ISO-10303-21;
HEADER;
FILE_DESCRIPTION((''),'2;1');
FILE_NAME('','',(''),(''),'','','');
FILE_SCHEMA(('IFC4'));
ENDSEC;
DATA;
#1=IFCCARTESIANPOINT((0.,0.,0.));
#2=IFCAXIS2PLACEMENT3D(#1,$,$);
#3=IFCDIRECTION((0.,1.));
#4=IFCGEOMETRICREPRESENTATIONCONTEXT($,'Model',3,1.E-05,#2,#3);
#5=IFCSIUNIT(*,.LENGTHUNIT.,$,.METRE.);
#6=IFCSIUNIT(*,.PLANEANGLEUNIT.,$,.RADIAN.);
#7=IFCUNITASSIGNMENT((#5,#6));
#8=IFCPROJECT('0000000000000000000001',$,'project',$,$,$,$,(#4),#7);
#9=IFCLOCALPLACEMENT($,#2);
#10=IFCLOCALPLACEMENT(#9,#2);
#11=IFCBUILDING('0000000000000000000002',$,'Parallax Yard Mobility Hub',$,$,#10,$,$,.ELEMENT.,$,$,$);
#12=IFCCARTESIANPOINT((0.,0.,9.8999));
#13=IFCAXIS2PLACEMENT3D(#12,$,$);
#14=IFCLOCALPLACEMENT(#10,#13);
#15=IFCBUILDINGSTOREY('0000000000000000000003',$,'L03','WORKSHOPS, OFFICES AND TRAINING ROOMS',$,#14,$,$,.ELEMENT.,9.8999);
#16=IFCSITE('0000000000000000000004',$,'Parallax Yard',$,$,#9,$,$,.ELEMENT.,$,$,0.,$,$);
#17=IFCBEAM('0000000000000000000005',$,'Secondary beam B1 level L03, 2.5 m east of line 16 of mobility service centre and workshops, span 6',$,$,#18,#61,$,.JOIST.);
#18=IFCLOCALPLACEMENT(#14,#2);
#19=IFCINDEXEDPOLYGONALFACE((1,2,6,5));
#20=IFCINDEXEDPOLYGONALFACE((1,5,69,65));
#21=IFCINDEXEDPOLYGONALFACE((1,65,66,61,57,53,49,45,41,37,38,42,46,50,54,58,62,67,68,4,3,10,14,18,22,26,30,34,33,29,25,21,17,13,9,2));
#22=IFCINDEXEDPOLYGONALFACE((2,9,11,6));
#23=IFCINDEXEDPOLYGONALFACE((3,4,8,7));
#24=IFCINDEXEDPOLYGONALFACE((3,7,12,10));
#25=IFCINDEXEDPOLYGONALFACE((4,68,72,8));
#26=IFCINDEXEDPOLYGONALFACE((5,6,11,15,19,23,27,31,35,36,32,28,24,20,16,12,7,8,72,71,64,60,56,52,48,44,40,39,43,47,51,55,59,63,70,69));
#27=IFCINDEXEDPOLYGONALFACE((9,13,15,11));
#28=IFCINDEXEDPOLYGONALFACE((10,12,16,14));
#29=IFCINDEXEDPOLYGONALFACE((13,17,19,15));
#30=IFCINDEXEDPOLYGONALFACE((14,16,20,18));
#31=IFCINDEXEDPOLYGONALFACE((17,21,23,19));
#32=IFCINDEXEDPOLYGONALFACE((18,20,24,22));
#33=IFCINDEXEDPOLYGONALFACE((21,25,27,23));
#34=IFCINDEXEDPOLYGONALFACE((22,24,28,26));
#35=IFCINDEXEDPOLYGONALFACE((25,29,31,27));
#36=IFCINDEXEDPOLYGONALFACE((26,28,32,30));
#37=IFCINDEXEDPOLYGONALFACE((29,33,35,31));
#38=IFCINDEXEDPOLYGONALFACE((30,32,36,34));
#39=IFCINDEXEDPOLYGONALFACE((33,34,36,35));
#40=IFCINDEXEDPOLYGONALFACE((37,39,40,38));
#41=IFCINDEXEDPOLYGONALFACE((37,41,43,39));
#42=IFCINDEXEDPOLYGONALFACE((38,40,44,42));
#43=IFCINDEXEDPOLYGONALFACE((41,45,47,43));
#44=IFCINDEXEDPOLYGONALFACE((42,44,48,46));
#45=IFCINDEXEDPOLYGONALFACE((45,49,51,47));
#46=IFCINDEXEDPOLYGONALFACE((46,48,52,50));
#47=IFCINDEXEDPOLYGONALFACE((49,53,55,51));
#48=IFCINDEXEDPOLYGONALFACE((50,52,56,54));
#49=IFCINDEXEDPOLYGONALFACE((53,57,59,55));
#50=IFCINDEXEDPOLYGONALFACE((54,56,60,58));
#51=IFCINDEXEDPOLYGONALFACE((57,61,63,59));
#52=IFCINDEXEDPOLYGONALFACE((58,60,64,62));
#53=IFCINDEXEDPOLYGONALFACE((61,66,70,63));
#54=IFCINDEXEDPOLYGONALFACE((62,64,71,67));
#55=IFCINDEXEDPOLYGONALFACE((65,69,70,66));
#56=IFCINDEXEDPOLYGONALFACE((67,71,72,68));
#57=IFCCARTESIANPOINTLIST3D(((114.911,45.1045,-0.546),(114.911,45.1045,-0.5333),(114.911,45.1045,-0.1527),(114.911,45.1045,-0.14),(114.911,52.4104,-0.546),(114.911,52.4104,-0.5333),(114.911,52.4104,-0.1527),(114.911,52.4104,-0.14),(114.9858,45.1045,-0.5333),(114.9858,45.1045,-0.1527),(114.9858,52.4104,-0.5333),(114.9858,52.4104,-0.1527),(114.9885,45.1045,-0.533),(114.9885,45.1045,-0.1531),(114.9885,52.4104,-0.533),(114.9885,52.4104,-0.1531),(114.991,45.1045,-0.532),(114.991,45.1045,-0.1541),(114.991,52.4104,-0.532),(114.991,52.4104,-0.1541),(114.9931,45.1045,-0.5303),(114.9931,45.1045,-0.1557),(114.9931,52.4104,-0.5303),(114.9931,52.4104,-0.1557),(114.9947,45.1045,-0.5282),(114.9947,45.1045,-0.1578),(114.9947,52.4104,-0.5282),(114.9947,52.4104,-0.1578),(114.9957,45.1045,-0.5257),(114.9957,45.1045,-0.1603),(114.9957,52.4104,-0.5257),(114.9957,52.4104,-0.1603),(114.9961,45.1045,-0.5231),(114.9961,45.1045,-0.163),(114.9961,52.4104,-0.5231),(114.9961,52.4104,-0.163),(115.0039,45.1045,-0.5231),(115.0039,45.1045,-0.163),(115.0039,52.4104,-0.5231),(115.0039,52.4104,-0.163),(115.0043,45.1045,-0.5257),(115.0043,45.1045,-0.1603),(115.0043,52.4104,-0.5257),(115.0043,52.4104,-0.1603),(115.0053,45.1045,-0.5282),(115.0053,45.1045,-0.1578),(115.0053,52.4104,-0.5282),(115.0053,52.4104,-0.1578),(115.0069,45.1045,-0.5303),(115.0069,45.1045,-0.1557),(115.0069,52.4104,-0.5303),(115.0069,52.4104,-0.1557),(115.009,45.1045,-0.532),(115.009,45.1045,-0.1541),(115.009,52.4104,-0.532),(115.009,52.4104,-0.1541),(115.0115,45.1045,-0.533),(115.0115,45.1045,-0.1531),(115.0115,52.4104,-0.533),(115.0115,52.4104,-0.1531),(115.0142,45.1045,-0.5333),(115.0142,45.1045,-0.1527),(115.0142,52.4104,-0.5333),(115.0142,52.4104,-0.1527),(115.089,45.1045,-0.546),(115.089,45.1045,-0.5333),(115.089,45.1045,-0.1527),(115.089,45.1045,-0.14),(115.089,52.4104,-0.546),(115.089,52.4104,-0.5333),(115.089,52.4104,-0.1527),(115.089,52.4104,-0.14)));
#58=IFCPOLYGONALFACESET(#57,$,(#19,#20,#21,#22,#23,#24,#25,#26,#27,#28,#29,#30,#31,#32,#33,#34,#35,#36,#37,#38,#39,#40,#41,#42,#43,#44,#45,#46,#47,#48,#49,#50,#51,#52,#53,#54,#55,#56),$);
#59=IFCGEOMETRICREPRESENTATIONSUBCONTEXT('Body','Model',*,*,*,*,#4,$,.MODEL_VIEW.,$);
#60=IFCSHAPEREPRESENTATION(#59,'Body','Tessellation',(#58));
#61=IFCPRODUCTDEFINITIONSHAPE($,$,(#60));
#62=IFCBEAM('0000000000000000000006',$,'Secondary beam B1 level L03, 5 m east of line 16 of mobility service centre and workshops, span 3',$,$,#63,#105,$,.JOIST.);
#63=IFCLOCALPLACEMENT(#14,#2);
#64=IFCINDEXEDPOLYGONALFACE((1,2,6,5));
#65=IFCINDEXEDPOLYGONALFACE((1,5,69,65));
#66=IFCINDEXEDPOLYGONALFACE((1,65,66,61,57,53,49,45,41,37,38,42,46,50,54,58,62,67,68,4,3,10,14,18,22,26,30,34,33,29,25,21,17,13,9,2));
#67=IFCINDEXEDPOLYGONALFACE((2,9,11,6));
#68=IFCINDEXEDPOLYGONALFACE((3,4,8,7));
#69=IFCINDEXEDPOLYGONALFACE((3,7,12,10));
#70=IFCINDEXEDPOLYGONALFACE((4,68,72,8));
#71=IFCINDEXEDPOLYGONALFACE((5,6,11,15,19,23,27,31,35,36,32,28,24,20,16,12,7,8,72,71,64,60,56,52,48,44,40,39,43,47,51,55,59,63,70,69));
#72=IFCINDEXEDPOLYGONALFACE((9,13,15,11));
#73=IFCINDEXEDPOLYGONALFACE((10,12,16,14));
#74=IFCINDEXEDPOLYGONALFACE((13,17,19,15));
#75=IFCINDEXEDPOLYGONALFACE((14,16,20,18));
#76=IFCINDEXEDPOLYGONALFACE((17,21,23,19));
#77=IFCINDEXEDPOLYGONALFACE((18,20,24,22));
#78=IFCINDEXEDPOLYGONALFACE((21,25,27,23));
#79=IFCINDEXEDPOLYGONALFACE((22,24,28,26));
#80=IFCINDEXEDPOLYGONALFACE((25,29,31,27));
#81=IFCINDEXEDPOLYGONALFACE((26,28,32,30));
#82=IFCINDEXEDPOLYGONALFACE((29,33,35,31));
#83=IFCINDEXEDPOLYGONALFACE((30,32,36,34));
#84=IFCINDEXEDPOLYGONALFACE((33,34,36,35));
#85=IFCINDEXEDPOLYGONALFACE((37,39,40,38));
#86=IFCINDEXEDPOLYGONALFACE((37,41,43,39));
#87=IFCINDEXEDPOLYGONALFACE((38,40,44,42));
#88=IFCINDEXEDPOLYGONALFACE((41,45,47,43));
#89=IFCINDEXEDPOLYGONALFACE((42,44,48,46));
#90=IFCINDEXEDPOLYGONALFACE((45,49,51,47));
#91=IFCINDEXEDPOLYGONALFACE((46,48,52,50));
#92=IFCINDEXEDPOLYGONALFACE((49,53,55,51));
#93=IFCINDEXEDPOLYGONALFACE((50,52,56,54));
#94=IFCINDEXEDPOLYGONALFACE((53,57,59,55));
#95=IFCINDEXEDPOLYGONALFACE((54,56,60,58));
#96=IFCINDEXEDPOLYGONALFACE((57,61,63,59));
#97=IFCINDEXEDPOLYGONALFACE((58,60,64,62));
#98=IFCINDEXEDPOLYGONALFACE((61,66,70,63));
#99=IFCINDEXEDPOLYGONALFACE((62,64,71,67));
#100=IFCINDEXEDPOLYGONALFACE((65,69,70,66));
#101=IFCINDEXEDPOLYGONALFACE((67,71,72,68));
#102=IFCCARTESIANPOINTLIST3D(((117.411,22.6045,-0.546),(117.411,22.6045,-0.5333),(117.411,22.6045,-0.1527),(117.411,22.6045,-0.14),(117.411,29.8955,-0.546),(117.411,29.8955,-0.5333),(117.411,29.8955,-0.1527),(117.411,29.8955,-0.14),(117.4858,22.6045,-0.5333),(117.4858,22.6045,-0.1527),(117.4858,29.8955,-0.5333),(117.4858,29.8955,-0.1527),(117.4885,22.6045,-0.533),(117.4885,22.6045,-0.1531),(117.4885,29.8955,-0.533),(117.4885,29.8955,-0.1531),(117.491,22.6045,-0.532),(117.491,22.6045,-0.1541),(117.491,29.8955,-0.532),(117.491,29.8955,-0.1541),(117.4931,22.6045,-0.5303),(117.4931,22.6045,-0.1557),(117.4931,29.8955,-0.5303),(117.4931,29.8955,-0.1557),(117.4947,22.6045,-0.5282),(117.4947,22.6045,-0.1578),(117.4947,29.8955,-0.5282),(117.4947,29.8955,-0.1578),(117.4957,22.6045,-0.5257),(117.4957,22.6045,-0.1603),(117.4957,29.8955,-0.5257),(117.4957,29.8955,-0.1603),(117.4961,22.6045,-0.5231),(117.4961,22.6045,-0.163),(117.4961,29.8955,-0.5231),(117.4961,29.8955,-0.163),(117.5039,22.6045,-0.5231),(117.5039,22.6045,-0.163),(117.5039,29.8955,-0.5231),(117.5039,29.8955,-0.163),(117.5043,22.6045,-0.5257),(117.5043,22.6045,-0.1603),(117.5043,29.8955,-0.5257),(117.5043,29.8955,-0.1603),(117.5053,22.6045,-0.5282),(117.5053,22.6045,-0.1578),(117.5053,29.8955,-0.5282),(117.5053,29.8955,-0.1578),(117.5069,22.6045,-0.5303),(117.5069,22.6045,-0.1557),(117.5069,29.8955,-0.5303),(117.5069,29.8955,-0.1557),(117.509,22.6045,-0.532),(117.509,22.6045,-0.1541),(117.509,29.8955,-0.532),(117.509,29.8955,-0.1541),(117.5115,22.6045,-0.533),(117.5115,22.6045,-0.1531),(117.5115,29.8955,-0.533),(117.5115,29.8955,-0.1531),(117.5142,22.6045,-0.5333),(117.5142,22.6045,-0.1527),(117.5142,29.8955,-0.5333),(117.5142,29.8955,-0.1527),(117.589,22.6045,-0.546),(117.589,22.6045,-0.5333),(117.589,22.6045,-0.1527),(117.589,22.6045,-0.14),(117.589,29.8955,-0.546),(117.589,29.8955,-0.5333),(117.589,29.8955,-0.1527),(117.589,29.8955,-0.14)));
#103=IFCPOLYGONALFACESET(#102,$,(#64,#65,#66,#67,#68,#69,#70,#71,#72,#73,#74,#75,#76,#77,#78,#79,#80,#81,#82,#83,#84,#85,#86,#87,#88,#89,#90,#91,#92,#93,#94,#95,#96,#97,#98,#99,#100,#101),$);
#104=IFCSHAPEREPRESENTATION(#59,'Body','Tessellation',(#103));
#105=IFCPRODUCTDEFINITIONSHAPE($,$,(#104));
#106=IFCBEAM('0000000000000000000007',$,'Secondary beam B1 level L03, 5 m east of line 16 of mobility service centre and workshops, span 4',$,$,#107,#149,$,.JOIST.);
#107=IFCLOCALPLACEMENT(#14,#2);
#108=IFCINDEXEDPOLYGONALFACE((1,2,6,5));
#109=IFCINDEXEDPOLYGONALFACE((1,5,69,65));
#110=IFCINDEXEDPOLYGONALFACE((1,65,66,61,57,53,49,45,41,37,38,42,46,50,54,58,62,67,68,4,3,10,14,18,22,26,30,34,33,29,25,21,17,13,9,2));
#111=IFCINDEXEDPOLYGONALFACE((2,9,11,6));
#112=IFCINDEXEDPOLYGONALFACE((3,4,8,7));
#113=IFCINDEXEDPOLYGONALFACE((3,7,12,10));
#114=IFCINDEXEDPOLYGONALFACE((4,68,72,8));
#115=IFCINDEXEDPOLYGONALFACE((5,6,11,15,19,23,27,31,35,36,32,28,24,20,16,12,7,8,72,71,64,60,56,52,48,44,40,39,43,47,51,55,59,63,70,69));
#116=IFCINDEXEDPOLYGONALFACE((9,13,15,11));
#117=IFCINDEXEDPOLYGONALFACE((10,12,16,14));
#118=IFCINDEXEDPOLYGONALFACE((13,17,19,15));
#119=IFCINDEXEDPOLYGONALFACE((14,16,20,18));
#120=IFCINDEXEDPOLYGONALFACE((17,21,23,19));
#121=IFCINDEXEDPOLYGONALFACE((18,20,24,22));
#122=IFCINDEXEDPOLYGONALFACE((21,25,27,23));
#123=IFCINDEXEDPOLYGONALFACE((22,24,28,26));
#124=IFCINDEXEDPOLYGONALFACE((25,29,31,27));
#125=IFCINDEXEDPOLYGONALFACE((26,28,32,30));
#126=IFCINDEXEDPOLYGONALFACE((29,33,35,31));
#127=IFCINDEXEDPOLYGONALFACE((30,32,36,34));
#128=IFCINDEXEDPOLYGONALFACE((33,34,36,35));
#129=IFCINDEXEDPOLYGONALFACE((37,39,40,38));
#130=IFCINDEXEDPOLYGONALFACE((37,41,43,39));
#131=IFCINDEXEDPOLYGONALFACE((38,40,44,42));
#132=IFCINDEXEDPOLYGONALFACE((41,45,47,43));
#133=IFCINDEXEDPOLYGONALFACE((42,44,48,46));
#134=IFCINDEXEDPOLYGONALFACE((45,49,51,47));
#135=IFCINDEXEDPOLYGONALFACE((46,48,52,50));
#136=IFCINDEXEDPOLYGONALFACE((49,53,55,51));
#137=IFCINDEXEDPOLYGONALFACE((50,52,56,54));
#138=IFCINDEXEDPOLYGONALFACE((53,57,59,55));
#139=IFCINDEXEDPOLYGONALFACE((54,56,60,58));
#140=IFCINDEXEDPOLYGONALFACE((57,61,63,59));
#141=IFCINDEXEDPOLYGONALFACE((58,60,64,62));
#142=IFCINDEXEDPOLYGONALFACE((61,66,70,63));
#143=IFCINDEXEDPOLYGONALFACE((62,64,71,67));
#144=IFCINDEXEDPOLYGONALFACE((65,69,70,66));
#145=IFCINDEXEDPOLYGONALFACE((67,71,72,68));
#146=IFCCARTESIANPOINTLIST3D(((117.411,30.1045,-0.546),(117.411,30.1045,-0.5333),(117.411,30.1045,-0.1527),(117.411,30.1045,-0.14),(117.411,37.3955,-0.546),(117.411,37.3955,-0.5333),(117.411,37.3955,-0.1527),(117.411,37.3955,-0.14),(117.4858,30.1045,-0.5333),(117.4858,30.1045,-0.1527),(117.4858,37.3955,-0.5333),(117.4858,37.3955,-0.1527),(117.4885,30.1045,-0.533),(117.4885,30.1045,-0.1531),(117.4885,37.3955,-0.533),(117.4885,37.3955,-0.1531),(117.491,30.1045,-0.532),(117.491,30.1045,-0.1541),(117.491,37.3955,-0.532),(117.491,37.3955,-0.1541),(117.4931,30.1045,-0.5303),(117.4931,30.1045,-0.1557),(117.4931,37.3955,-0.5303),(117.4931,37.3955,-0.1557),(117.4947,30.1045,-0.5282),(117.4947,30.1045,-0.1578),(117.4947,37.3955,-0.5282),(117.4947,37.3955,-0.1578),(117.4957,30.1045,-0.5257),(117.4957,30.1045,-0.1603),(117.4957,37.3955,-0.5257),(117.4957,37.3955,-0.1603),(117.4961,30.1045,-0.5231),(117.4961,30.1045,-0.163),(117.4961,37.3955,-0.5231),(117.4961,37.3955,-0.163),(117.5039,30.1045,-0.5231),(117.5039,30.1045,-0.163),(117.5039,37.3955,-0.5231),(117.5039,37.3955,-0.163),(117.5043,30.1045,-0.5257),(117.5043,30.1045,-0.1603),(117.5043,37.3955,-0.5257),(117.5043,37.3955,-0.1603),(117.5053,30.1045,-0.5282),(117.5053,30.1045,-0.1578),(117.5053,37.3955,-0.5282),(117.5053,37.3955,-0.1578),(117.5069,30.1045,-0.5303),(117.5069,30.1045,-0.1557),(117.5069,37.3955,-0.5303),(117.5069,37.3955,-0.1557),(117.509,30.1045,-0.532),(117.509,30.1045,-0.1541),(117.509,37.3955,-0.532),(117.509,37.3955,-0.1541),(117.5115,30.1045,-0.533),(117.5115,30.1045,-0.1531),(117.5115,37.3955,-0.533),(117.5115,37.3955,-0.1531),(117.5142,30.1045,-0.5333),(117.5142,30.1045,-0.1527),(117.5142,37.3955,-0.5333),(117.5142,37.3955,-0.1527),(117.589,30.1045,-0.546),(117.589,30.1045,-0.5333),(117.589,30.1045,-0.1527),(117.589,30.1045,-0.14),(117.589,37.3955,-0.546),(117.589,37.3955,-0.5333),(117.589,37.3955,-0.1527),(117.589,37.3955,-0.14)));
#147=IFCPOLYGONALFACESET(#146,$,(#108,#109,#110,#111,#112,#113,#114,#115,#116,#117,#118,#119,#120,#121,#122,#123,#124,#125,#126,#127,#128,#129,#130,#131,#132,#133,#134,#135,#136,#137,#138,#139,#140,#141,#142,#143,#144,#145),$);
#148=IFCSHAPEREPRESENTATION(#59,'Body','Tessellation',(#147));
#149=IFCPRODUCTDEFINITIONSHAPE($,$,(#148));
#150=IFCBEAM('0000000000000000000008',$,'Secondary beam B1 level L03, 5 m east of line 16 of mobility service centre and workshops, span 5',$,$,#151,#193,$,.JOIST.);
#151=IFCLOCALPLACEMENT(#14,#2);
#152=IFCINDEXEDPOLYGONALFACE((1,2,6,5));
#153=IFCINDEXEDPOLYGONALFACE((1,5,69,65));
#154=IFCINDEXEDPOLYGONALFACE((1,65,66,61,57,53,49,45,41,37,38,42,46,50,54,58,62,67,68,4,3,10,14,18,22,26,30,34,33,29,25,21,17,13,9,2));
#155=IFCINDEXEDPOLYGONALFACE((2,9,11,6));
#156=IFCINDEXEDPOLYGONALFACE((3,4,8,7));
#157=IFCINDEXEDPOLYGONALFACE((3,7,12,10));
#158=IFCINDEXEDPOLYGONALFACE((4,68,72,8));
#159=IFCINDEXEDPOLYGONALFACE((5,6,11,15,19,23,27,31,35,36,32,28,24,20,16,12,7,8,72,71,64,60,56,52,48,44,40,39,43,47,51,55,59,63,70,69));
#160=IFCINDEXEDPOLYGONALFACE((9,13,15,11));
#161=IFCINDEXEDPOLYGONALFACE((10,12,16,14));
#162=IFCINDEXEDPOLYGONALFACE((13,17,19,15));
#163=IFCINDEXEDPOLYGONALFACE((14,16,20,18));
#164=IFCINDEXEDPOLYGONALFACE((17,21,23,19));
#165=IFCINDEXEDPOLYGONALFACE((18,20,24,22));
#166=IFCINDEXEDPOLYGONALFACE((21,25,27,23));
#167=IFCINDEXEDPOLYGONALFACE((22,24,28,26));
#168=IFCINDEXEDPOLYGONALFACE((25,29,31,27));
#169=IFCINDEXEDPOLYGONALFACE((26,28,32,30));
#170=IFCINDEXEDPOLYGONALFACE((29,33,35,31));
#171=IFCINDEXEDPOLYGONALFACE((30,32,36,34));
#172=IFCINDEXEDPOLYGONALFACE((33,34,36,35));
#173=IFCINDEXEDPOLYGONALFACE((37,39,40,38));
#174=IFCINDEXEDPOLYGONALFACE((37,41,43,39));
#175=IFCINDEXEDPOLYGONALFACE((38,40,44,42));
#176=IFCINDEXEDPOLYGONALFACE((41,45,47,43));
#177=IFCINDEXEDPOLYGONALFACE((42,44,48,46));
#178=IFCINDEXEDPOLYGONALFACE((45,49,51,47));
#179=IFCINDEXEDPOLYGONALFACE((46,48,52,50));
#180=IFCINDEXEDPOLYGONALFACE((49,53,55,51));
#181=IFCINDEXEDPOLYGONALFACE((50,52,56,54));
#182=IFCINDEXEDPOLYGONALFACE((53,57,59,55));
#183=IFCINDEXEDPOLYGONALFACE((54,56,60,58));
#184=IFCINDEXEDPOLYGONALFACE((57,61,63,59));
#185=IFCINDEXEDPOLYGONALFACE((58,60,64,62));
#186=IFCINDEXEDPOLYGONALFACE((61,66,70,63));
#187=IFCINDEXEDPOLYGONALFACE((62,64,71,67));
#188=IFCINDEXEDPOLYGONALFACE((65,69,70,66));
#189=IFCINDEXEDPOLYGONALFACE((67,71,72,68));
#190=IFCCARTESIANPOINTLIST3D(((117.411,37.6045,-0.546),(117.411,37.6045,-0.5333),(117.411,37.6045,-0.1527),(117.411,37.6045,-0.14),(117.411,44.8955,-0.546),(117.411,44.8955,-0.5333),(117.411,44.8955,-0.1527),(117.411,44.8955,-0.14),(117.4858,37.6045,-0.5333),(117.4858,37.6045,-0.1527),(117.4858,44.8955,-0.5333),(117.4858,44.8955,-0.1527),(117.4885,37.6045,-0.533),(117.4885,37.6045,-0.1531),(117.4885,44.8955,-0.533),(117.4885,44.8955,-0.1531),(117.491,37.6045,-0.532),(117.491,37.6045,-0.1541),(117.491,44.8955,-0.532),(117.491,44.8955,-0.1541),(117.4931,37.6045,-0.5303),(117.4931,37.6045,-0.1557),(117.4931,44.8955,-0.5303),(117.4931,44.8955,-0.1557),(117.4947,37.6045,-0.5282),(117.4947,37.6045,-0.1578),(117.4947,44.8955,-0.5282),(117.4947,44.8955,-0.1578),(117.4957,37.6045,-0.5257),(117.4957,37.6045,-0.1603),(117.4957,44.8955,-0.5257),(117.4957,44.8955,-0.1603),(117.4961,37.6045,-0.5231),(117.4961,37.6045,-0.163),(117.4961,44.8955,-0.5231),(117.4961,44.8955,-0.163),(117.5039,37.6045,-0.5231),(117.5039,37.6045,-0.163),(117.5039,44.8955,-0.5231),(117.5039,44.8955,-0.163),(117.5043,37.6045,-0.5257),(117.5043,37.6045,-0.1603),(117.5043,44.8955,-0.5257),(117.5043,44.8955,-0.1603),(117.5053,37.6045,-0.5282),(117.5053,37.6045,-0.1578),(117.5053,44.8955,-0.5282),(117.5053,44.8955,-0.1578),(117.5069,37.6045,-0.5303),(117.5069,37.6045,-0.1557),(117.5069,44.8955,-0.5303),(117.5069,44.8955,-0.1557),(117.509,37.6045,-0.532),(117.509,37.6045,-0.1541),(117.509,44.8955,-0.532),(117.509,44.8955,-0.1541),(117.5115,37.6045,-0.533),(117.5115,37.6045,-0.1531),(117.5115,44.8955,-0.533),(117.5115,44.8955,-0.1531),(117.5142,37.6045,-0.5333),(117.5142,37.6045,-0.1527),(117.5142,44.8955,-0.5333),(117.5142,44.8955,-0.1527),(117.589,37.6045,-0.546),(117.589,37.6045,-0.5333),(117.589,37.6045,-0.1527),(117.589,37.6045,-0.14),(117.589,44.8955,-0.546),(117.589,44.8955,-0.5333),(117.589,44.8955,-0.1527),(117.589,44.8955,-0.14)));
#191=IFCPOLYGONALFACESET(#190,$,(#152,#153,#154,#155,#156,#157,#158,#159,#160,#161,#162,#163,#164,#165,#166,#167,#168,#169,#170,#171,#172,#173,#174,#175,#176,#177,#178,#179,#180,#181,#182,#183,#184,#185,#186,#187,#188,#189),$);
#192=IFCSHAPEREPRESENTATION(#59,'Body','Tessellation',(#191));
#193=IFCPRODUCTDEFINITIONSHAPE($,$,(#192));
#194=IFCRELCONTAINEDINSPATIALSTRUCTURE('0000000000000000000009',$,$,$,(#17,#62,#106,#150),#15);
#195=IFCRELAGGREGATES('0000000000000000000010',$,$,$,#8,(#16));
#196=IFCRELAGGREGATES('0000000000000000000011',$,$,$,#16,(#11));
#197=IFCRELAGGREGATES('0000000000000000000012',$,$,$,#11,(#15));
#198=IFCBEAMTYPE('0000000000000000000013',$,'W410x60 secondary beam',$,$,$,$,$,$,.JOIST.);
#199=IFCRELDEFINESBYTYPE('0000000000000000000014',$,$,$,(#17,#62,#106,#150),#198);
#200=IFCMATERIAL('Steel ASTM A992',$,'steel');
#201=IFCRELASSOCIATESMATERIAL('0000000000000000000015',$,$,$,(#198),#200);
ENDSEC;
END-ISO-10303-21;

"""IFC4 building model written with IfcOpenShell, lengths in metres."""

from ifc_helpers import new_model, si_unit, direction, frame, origin, origin_2d, place, context, subcontext, project, spatial, i_section, extrude, material, material_profile, profile_set, type_object, element, save


model = new_model("IFC4")

# Units and contexts
model_context = context("Model", 3, precision=1e-05, world=origin(), true_north=direction((0.0, 1.0)))
body_context = subcontext(model_context, "Body", "Model", "MODEL_VIEW")
ifc_project = project(units=[si_unit("LENGTHUNIT", "METRE"), si_unit("PLANEANGLEUNIT", "RADIAN")], contexts=[model_context])

# Site, building, storey
site_placement = place(None, origin())
site = spatial("IfcSite", under=ifc_project, at=site_placement, Name="Parallax Yard", CompositionType="ELEMENT", RefElevation=0.0)
building_placement = place(site_placement, origin())
building = spatial("IfcBuilding", under=site, at=building_placement, Name="Parallax Yard Mobility Hub", CompositionType="ELEMENT")
storey_placement = place(building_placement, frame((0.0, 0.0, 9.8999)))
storey = spatial("IfcBuildingStorey", under=building, at=storey_placement, Name="L03", Description="WORKSHOPS, OFFICES AND TRAINING ROOMS", CompositionType="ELEMENT", Elevation=9.8999)

# Shared definitions
ifc_material_1 = material(Name="Steel ASTM A992", Category="steel")

# Beams
ifc_material_profile_1 = material_profile(ifc_material_1, i_section(OverallWidth=0.178, OverallDepth=0.406, WebThickness=0.0078, FlangeThickness=0.0127, FilletRadius=0.0103, at=origin_2d()), Name="W410x60")
ifc_profile_set_1 = profile_set([ifc_material_profile_1], Name="Steel ASTM A992")
beam_type_1 = type_object("IfcBeamType", Name="W410x60 secondary beam", PredefinedType="JOIST", material=ifc_profile_set_1)
beam_1_placement = place(storey_placement, frame((115.0, 45.1045, -0.343), z_axis=(0.0, 1.0, 0.0), x_axis=(-1.0, 0.0, 0.0)))
element("IfcBeam", 1, at=beam_1_placement, inside=storey, type_object=beam_type_1, Name="Secondary beam B1 level L03, 2.5 m east of line 16 of mobility service centre and workshops, span 6", PredefinedType="JOIST", context=body_context, shape_type="SweptSolid", body=[
    extrude(i_section(OverallWidth=0.178, OverallDepth=0.406, WebThickness=0.0078, FlangeThickness=0.0127, FilletRadius=0.0103, at=origin_2d()), origin(), (0.0, 0.0, 1.0), 7.3059),
])
for number, where, z_axis, x_axis, name in (
    (2, (117.5, 22.6045, -0.343), (0.0, 1.0, 0.0), (-1.0, 0.0, 0.0), "Secondary beam B1 level L03, 5 m east of line 16 of mobility service centre and workshops, span 3"),
    (3, (117.5, 30.1045, -0.343), (0.0, 1.0, 0.0), (-1.0, 0.0, 0.0), "Secondary beam B1 level L03, 5 m east of line 16 of mobility service centre and workshops, span 4"),
    (4, (117.5, 37.6045, -0.343), (0.0, 1.0, 0.0), (-1.0, 0.0, 0.0), "Secondary beam B1 level L03, 5 m east of line 16 of mobility service centre and workshops, span 5"),
):
    element("IfcBeam", number, at=place(storey_placement, frame(where, z_axis=z_axis, x_axis=x_axis)), inside=storey, type_object=beam_type_1, Name=name, PredefinedType="JOIST", context=body_context, shape_type="SweptSolid", body=[
        extrude(i_section(OverallWidth=0.178, OverallDepth=0.406, WebThickness=0.0078, FlangeThickness=0.0127, FilletRadius=0.0103, at=origin_2d()), origin(), (0.0, 0.0, 1.0), 7.291),
    ])

save(model, "model.ifc")
